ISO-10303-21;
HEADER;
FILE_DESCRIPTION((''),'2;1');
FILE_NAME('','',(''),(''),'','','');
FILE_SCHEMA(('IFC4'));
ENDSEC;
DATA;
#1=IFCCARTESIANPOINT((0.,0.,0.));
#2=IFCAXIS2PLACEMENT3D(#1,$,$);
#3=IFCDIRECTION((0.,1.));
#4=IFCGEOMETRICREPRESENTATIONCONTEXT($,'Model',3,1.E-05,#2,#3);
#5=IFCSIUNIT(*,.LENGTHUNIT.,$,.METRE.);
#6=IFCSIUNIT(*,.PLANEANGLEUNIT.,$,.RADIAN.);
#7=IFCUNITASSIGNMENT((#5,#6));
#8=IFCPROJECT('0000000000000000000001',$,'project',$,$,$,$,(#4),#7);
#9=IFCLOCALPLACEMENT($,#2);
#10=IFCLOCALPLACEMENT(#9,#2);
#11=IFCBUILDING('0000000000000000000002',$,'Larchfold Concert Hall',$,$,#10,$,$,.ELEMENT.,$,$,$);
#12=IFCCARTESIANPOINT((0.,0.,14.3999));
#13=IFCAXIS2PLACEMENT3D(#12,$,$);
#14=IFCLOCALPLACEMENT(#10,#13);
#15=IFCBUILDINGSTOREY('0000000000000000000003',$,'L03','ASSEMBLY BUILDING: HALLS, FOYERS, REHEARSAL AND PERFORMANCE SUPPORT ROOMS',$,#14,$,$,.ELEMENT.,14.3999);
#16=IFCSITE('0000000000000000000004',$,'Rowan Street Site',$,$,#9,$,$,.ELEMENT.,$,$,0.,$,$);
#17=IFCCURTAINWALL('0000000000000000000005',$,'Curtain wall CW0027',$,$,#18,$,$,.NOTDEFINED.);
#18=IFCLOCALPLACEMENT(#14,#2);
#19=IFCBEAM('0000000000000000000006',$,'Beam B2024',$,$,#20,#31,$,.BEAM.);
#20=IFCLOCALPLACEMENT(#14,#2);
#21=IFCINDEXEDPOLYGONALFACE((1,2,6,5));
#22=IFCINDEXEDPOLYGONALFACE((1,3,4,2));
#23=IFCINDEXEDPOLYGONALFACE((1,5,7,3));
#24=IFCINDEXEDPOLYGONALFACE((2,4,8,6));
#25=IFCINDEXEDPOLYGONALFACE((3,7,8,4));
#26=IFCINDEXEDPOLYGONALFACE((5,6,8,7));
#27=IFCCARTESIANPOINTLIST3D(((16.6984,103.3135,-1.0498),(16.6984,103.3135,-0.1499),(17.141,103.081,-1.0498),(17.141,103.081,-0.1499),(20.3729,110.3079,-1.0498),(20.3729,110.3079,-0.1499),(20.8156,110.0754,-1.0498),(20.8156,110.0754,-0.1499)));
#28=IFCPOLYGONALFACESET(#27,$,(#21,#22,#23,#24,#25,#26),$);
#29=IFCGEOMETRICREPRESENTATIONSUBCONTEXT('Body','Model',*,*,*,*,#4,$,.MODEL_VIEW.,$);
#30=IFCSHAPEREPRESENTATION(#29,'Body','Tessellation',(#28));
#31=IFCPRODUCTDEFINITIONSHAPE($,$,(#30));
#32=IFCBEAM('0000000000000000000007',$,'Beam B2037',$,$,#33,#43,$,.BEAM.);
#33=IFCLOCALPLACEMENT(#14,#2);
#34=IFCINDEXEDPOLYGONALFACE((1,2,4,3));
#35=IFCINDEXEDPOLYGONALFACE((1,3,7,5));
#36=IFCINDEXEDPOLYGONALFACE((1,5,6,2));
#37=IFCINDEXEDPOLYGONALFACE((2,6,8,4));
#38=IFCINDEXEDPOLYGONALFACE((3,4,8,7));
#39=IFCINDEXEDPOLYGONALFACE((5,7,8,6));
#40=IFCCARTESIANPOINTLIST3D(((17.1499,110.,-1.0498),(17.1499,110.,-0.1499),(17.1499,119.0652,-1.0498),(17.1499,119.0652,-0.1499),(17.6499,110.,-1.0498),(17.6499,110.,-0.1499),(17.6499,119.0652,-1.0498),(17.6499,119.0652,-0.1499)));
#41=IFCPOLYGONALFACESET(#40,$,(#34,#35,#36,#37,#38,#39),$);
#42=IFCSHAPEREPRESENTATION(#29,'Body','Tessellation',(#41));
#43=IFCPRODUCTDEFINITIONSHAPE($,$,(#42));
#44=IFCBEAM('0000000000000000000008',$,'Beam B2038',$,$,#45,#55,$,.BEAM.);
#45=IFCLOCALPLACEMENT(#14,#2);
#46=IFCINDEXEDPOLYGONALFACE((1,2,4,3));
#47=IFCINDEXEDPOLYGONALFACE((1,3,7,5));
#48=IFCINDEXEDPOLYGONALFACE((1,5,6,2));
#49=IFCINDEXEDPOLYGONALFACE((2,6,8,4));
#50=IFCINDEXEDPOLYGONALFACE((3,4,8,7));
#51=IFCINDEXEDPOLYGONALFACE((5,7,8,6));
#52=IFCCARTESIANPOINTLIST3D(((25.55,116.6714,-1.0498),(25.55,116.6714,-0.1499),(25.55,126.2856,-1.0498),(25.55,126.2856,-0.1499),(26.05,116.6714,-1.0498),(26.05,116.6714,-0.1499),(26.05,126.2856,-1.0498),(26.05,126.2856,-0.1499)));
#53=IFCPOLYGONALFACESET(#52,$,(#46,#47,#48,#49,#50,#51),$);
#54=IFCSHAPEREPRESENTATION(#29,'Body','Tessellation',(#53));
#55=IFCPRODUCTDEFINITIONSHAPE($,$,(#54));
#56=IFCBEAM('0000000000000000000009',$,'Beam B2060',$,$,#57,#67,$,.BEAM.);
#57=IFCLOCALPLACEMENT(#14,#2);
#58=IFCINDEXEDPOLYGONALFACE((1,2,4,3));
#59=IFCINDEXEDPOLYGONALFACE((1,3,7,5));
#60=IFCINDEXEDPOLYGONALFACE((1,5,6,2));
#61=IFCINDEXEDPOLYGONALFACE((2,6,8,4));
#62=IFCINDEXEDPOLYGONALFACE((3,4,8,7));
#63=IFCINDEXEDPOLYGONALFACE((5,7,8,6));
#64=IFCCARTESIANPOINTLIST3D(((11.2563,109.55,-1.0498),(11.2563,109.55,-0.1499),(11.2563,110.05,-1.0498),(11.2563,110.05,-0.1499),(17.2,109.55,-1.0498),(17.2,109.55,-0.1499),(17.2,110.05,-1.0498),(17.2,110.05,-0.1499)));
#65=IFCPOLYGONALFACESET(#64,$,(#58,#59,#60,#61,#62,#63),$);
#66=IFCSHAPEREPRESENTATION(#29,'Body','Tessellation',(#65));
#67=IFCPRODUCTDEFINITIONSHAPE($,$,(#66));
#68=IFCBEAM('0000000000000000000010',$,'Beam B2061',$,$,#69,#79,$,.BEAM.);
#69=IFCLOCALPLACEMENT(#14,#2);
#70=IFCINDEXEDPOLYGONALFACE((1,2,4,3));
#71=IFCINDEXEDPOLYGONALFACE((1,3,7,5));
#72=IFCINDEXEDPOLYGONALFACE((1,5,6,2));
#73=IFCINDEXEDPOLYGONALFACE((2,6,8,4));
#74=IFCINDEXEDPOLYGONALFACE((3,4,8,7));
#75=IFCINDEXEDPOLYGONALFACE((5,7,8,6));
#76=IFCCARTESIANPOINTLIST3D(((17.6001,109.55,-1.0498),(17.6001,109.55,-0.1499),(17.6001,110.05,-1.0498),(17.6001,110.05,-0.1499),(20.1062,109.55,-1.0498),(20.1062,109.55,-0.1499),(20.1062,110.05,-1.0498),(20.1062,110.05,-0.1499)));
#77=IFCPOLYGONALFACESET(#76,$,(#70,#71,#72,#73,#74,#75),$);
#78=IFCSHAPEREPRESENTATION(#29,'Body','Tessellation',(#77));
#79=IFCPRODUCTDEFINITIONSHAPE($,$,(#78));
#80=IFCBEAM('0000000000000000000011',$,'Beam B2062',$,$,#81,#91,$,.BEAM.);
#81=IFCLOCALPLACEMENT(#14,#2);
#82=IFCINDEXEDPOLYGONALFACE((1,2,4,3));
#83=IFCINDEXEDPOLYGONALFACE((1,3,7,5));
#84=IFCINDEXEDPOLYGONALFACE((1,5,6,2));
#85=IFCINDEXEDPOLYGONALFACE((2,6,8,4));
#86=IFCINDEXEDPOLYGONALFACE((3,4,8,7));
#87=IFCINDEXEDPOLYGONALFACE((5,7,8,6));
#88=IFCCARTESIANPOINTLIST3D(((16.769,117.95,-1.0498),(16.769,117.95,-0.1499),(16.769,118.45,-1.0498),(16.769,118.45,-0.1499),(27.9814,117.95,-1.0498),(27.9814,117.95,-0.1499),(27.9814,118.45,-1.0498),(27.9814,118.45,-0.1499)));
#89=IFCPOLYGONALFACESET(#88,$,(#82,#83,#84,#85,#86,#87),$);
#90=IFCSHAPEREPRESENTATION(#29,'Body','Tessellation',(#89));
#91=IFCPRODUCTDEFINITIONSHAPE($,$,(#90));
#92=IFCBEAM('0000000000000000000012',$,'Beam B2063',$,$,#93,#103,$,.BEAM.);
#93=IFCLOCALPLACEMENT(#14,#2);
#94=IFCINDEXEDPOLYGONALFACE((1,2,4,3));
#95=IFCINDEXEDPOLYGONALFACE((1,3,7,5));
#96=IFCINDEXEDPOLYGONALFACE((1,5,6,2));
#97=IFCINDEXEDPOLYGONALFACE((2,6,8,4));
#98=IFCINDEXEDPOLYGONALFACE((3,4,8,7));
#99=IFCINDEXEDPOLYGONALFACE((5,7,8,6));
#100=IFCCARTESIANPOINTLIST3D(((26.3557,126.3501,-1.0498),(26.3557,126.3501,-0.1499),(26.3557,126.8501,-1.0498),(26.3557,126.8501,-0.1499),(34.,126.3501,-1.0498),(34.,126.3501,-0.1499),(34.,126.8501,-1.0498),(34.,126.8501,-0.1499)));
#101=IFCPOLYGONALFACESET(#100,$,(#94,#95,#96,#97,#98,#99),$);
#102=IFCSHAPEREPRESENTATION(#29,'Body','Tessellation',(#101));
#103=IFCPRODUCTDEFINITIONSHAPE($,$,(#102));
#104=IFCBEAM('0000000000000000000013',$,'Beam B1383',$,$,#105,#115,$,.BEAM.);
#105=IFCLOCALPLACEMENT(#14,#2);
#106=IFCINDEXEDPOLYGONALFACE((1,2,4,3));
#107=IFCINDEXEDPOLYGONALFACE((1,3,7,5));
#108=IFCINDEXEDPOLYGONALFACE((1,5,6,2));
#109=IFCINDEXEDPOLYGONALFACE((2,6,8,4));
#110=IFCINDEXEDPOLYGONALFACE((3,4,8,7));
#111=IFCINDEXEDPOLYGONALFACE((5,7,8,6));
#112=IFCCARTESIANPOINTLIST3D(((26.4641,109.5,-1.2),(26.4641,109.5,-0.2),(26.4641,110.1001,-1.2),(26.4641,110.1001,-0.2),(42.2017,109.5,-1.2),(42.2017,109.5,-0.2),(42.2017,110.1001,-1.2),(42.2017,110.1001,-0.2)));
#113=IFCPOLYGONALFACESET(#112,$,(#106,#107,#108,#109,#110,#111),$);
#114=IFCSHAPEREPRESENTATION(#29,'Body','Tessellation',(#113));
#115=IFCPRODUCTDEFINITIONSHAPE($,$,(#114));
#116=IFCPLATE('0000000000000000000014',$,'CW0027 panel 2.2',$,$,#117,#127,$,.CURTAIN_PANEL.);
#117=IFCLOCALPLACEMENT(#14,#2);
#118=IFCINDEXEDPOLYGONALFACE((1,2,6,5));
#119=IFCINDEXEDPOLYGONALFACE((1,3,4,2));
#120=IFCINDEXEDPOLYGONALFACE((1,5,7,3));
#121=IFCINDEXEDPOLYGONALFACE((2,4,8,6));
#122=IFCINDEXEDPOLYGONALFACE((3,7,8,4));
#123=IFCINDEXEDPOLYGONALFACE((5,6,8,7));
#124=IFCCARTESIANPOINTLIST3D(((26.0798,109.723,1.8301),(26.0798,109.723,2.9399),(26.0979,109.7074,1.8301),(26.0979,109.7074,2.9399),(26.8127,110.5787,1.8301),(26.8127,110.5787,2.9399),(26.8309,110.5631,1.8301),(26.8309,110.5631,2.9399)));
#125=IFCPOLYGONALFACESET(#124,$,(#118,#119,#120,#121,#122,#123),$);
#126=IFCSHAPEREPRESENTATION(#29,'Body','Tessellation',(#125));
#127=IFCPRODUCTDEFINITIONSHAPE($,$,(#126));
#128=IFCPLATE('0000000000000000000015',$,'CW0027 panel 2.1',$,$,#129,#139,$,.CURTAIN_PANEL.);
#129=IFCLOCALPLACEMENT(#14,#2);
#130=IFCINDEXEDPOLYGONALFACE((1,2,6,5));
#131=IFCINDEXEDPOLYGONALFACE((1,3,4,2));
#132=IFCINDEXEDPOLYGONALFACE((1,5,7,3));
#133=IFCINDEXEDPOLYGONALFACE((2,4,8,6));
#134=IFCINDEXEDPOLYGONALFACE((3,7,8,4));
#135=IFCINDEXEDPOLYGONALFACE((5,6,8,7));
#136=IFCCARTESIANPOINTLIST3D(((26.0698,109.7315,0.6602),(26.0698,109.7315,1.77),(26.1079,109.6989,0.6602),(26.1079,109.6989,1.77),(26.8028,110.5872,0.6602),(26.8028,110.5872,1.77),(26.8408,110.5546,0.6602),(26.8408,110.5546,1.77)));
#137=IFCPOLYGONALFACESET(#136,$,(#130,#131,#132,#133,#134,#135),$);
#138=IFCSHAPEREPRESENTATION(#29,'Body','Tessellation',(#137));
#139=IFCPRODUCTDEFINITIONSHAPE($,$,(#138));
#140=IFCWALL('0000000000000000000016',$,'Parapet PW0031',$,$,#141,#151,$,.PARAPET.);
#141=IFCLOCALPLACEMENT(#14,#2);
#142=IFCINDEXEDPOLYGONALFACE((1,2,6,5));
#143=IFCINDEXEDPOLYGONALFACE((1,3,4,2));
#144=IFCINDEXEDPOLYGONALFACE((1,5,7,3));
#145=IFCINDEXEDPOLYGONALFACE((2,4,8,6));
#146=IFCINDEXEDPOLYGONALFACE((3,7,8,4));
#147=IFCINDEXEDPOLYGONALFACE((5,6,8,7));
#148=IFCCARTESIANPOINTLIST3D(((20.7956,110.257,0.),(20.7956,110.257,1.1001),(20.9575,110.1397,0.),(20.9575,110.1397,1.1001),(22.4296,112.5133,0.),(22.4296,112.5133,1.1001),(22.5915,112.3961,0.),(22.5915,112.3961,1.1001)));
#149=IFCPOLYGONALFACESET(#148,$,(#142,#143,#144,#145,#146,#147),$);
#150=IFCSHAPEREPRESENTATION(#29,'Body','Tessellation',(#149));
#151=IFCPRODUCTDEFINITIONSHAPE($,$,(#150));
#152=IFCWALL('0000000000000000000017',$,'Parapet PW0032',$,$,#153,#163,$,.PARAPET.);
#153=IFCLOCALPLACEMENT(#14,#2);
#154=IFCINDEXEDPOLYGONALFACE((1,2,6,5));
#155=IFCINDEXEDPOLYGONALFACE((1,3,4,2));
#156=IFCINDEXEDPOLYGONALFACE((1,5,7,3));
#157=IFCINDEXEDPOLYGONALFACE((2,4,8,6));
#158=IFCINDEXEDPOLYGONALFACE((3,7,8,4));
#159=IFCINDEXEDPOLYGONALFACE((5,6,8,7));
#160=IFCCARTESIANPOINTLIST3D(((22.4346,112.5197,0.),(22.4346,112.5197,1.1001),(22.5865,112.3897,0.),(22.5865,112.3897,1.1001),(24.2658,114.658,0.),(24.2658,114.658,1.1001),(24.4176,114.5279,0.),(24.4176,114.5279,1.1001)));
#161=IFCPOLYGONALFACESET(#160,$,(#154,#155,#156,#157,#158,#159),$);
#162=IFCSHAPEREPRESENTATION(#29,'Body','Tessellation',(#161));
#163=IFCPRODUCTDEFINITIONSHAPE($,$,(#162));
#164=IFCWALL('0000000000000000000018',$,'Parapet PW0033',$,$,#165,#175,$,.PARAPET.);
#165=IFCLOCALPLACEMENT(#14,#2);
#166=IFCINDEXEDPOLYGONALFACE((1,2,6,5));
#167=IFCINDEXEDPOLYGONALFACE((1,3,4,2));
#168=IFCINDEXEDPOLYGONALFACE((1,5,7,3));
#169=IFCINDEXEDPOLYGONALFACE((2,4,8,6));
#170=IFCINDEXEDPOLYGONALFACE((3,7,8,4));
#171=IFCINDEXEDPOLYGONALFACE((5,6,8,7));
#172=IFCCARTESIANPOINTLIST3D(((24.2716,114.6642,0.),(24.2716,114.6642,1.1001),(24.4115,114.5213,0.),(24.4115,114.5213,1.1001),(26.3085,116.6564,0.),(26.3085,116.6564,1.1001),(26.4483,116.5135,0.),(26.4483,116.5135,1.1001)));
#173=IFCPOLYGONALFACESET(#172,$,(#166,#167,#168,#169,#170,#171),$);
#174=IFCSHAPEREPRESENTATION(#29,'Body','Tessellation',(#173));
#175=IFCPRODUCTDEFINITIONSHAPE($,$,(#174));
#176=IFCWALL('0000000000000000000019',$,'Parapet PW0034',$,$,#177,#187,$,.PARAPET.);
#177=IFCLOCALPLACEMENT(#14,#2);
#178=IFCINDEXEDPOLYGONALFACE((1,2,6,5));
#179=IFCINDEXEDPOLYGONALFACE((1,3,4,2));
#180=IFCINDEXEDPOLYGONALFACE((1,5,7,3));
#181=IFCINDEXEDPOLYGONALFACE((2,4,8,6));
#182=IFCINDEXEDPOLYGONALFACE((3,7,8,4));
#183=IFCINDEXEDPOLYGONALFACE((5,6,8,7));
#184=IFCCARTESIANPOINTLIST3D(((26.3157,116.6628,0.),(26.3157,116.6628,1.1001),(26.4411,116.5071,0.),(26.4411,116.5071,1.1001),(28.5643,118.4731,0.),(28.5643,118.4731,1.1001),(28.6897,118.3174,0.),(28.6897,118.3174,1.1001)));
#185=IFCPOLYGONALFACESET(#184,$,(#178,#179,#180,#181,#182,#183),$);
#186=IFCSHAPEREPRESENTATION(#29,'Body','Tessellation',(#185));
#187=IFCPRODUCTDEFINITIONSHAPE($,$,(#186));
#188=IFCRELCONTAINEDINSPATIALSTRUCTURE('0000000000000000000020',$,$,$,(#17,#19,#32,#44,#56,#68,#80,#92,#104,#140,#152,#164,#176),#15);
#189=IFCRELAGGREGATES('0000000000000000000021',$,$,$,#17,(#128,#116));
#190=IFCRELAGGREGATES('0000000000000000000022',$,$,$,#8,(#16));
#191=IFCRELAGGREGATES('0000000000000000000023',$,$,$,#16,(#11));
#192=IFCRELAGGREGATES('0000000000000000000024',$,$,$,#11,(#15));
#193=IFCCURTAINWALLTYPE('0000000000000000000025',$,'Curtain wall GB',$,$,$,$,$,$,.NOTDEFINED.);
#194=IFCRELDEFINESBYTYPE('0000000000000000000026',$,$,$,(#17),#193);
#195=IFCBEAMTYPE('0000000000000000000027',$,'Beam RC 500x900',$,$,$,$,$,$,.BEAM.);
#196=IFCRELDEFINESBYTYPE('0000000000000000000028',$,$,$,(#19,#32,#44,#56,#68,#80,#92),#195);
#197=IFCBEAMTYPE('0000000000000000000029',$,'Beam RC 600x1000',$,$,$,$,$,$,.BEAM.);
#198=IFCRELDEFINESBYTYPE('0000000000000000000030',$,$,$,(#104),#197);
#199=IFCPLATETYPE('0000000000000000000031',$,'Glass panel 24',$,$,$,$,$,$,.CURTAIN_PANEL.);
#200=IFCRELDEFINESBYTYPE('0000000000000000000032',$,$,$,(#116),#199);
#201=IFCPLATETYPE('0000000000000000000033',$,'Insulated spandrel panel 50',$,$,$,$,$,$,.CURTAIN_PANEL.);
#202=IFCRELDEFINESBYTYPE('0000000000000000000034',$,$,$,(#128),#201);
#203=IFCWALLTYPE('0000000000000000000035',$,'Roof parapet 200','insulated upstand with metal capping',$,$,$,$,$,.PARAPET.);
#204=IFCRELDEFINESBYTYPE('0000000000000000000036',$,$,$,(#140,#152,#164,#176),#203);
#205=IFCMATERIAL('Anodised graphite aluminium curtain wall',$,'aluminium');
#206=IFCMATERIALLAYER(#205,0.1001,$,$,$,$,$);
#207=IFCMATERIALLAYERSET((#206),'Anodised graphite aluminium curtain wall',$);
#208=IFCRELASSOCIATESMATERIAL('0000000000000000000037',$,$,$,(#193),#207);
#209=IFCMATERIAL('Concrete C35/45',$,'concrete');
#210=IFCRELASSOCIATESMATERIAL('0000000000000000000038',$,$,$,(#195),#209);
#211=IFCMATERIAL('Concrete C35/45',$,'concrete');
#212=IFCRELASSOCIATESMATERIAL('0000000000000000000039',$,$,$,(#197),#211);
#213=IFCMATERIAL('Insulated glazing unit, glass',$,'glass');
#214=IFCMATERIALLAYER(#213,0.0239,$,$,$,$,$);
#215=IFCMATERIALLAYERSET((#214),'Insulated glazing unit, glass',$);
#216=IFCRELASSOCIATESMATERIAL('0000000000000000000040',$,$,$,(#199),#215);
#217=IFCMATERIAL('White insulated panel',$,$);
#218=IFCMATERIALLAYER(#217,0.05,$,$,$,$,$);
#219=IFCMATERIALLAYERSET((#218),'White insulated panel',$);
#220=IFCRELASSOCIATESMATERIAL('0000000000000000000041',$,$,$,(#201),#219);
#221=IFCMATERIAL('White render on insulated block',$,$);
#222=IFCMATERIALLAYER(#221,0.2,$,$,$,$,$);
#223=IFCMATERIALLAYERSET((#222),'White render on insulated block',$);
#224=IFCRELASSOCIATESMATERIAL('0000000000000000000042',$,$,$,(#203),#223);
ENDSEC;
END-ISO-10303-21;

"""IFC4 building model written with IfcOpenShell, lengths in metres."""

from ifc_helpers import new_model, si_unit, direction, frame, frame_2d, origin, origin_2d, place, context, subcontext, project, spatial, rectangle, extrude, material, layer, layer_set, material_profile, profile_set, type_object, element, aggregate, save


model = new_model("IFC4")

# Units and contexts
model_context = context("Model", 3, precision=1e-05, world=origin(), true_north=direction((0.0, 1.0)))
body_context = subcontext(model_context, "Body", "Model", "MODEL_VIEW")
ifc_project = project(units=[si_unit("LENGTHUNIT", "METRE"), si_unit("PLANEANGLEUNIT", "RADIAN")], contexts=[model_context])

# Site, building, storey
site_placement = place(None, origin())
site = spatial("IfcSite", under=ifc_project, at=site_placement, Name="Rowan Street Site", CompositionType="ELEMENT", RefElevation=0.0)
building_placement = place(site_placement, origin())
building = spatial("IfcBuilding", under=site, at=building_placement, Name="Larchfold Concert Hall", CompositionType="ELEMENT")
storey_placement = place(building_placement, frame((0.0, 0.0, 14.3999)))
storey = spatial("IfcBuildingStorey", under=building, at=storey_placement, Name="L03", Description="ASSEMBLY BUILDING: HALLS, FOYERS, REHEARSAL AND PERFORMANCE SUPPORT ROOMS", CompositionType="ELEMENT", Elevation=14.3999)

# Curtain wall
ifc_material_1 = material(Name="Anodised graphite aluminium curtain wall", Category="aluminium")
ifc_layer_1 = layer(ifc_material_1, 0.1001)
ifc_layer_set_1 = layer_set([ifc_layer_1], Name="Anodised graphite aluminium curtain wall")
curtain_wall_type = type_object("IfcCurtainWallType", Name="Curtain wall GB", PredefinedType="NOTDEFINED", material=ifc_layer_set_1)
curtain_wall_1_placement = place(storey_placement, origin())
curtain_wall_1 = element("IfcCurtainWall", 1, at=curtain_wall_1_placement, inside=storey, type_object=curtain_wall_type, Name="Curtain wall CW0027", PredefinedType="NOTDEFINED")

# Beams
ifc_material_2 = material(Name="Concrete C35/45", Category="concrete")
ifc_material_profile_1 = material_profile(ifc_material_2, rectangle(XDim=0.5, YDim=0.8999, at=origin_2d()))
ifc_profile_set_1 = profile_set([ifc_material_profile_1], Name="Concrete C35/45")
beam_type_1 = type_object("IfcBeamType", Name="Beam RC 500x900", PredefinedType="BEAM", material=ifc_profile_set_1)
beam_1_placement = place(storey_placement, frame((20.5942, 110.1917, -0.5999), z_axis=(-0.465083, -0.885267, 0.0), x_axis=(0.885267, -0.465083, 0.0)))
element("IfcBeam", 2, at=beam_1_placement, inside=storey, type_object=beam_type_1, Name="Beam B2024", PredefinedType="BEAM", context=body_context, shape_type="SweptSolid", body=[
    extrude(rectangle(XDim=0.5, YDim=0.8999, at=origin_2d()), origin(), (0.0, 0.0, 1.0), 7.9009),
])
beam_2_placement = place(storey_placement, frame((17.3999, 110.0, -0.5999), z_axis=(0.0, 1.0, 0.0), x_axis=(-1.0, 0.0, 0.0)))
element("IfcBeam", 3, at=beam_2_placement, inside=storey, type_object=beam_type_1, Name="Beam B2037", PredefinedType="BEAM", context=body_context, shape_type="SweptSolid", body=[
    extrude(rectangle(XDim=0.5, YDim=0.8999, at=origin_2d()), origin(), (0.0, 0.0, 1.0), 9.0652),
])
beam_3_placement = place(storey_placement, frame((25.8, 116.6714, -0.5999), z_axis=(0.0, 1.0, 0.0), x_axis=(-1.0, 0.0, 0.0)))
element("IfcBeam", 4, at=beam_3_placement, inside=storey, type_object=beam_type_1, Name="Beam B2038", PredefinedType="BEAM", context=body_context, shape_type="SweptSolid", body=[
    extrude(rectangle(XDim=0.5, YDim=0.8999, at=origin_2d()), origin(), (0.0, 0.0, 1.0), 9.6143),
])
beam_4_placement = place(storey_placement, frame((11.2563, 109.8, -0.5999), z_axis=(1.0, 0.0, 0.0), x_axis=(0.0, 1.0, 0.0)))
element("IfcBeam", 5, at=beam_4_placement, inside=storey, type_object=beam_type_1, Name="Beam B2060", PredefinedType="BEAM", context=body_context, shape_type="SweptSolid", body=[
    extrude(rectangle(XDim=0.5, YDim=0.8999, at=origin_2d()), origin(), (0.0, 0.0, 1.0), 5.9436),
])
beam_5_placement = place(storey_placement, frame((17.6001, 109.8, -0.5999), z_axis=(1.0, 0.0, 0.0), x_axis=(0.0, 1.0, 0.0)))
element("IfcBeam", 6, at=beam_5_placement, inside=storey, type_object=beam_type_1, Name="Beam B2061", PredefinedType="BEAM", context=body_context, shape_type="SweptSolid", body=[
    extrude(rectangle(XDim=0.5, YDim=0.8999, at=origin_2d()), origin(), (0.0, 0.0, 1.0), 2.5061),
])
beam_6_placement = place(storey_placement, frame((16.769, 118.2, -0.5999), z_axis=(1.0, 0.0, 0.0), x_axis=(0.0, 1.0, 0.0)))
element("IfcBeam", 7, at=beam_6_placement, inside=storey, type_object=beam_type_1, Name="Beam B2062", PredefinedType="BEAM", context=body_context, shape_type="SweptSolid", body=[
    extrude(rectangle(XDim=0.5, YDim=0.8999, at=origin_2d()), origin(), (0.0, 0.0, 1.0), 11.2124),
])
beam_7_placement = place(storey_placement, frame((26.3557, 126.6001, -0.5999), z_axis=(1.0, 0.0, 0.0), x_axis=(0.0, 1.0, 0.0)))
element("IfcBeam", 8, at=beam_7_placement, inside=storey, type_object=beam_type_1, Name="Beam B2063", PredefinedType="BEAM", context=body_context, shape_type="SweptSolid", body=[
    extrude(rectangle(XDim=0.5, YDim=0.8999, at=origin_2d()), origin(), (0.0, 0.0, 1.0), 7.6443),
])
ifc_material_3 = material(Name="Concrete C35/45", Category="concrete")
ifc_material_profile_2 = material_profile(ifc_material_3, rectangle(XDim=0.6001, YDim=1.0, at=origin_2d()))
ifc_profile_set_2 = profile_set([ifc_material_profile_2], Name="Concrete C35/45")
beam_type_2 = type_object("IfcBeamType", Name="Beam RC 600x1000", PredefinedType="BEAM", material=ifc_profile_set_2)
beam_8_placement = place(storey_placement, frame((26.4641, 109.8, -0.7), z_axis=(1.0, 0.0, 0.0), x_axis=(0.0, 1.0, 0.0)))
element("IfcBeam", 9, at=beam_8_placement, inside=storey, type_object=beam_type_2, Name="Beam B1383", PredefinedType="BEAM", context=body_context, shape_type="SweptSolid", body=[
    extrude(rectangle(XDim=0.6001, YDim=1.0, at=origin_2d()), origin(), (0.0, 0.0, 1.0), 15.7375),
])

# Plates
ifc_material_4 = material(Name="Insulated glazing unit, glass", Category="glass")
ifc_layer_2 = layer(ifc_material_4, 0.0239)
ifc_layer_set_2 = layer_set([ifc_layer_2], Name="Insulated glazing unit, glass")
plate_type_1 = type_object("IfcPlateType", Name="Glass panel 24", PredefinedType="CURTAIN_PANEL", material=ifc_layer_set_2)
plate_1_placement = place(storey_placement, frame((26.4553, 110.1431, 1.8301), z_axis=(0.0, 0.0, 1.0), x_axis=(-0.650527, -0.759483, 0.0)))
plate_1 = element("IfcPlate", 10, at=plate_1_placement, type_object=plate_type_1, Name="CW0027 panel 2.2", PredefinedType="CURTAIN_PANEL", context=body_context, shape_type="SweptSolid", body=[
    extrude(rectangle(XDim=1.1267, YDim=0.0239, at=origin_2d()), origin(), (0.0, 0.0, 1.0), 1.1099),
])
ifc_material_5 = material(Name="White insulated panel")
ifc_layer_3 = layer(ifc_material_5, 0.05)
ifc_layer_set_3 = layer_set([ifc_layer_3], Name="White insulated panel")
plate_type_2 = type_object("IfcPlateType", Name="Insulated spandrel panel 50", PredefinedType="CURTAIN_PANEL", material=ifc_layer_set_3)
plate_2_placement = place(storey_placement, frame((26.4553, 110.1431, 0.6602), z_axis=(0.0, 0.0, 1.0), x_axis=(-0.650527, -0.759483, 0.0)))
plate_2 = element("IfcPlate", 11, at=plate_2_placement, type_object=plate_type_2, Name="CW0027 panel 2.1", PredefinedType="CURTAIN_PANEL", context=body_context, shape_type="SweptSolid", body=[
    extrude(rectangle(XDim=1.1267, YDim=0.05, at=origin_2d()), origin(), (0.0, 0.0, 1.0), 1.1099),
])
aggregate(curtain_wall_1, [plate_2, plate_1])

# Walls
ifc_material_6 = material(Name="White render on insulated block")
ifc_layer_4 = layer(ifc_material_6, 0.2)
ifc_layer_set_4 = layer_set([ifc_layer_4], Name="White render on insulated block")
wall_type_1 = type_object("IfcWallType", Name="Roof parapet 200", Description="insulated upstand with metal capping", PredefinedType="PARAPET", material=ifc_layer_set_4)
wall_1_placement = place(storey_placement, frame((20.8765, 110.1982, 0.0), z_axis=(0.0, 0.0, 1.0), x_axis=(0.58654, 0.809921, 0.0)))
element("IfcWall", 12, at=wall_1_placement, inside=storey, type_object=wall_type_1, Name="Parapet PW0031", PredefinedType="PARAPET", context=body_context, shape_type="SweptSolid", body=[
    extrude(rectangle(XDim=2.7859, YDim=0.2, at=frame_2d((1.3931, 0.0))), origin(), (0.0, 0.0, 1.0), 1.1001),
])
wall_2_placement = place(storey_placement, frame((22.5105, 112.4546, 0.0), z_axis=(0.0, 0.0, 1.0), x_axis=(0.650448, 0.75955, 0.0)))
element("IfcWall", 13, at=wall_2_placement, inside=storey, type_object=wall_type_1, Name="Parapet PW0032", PredefinedType="PARAPET", context=body_context, shape_type="SweptSolid", body=[
    extrude(rectangle(XDim=2.8152, YDim=0.2, at=frame_2d((1.4077, 0.0))), origin(), (0.0, 0.0, 1.0), 1.1001),
])
wall_3_placement = place(storey_placement, frame((24.3416, 114.5928, 0.0), z_axis=(0.0, 0.0, 1.0), x_axis=(0.714904, 0.699223, 0.0)))
element("IfcWall", 14, at=wall_3_placement, inside=storey, type_object=wall_type_1, Name="Parapet PW0033", PredefinedType="PARAPET", context=body_context, shape_type="SweptSolid", body=[
    extrude(rectangle(XDim=2.8491, YDim=0.2, at=frame_2d((1.4246, 0.0))), origin(), (0.0, 0.0, 1.0), 1.1001),
])
wall_4_placement = place(storey_placement, frame((26.3784, 116.585, 0.0), z_axis=(0.0, 0.0, 1.0), x_axis=(0.778926, 0.627116, 0.0)))
element("IfcWall", 15, at=wall_4_placement, inside=storey, type_object=wall_type_1, Name="Parapet PW0034", PredefinedType="PARAPET", context=body_context, shape_type="SweptSolid", body=[
    extrude(rectangle(XDim=2.8867, YDim=0.2, at=frame_2d((1.4434, 0.0))), origin(), (0.0, 0.0, 1.0), 1.1001),
])

save(model, "model.ifc")
